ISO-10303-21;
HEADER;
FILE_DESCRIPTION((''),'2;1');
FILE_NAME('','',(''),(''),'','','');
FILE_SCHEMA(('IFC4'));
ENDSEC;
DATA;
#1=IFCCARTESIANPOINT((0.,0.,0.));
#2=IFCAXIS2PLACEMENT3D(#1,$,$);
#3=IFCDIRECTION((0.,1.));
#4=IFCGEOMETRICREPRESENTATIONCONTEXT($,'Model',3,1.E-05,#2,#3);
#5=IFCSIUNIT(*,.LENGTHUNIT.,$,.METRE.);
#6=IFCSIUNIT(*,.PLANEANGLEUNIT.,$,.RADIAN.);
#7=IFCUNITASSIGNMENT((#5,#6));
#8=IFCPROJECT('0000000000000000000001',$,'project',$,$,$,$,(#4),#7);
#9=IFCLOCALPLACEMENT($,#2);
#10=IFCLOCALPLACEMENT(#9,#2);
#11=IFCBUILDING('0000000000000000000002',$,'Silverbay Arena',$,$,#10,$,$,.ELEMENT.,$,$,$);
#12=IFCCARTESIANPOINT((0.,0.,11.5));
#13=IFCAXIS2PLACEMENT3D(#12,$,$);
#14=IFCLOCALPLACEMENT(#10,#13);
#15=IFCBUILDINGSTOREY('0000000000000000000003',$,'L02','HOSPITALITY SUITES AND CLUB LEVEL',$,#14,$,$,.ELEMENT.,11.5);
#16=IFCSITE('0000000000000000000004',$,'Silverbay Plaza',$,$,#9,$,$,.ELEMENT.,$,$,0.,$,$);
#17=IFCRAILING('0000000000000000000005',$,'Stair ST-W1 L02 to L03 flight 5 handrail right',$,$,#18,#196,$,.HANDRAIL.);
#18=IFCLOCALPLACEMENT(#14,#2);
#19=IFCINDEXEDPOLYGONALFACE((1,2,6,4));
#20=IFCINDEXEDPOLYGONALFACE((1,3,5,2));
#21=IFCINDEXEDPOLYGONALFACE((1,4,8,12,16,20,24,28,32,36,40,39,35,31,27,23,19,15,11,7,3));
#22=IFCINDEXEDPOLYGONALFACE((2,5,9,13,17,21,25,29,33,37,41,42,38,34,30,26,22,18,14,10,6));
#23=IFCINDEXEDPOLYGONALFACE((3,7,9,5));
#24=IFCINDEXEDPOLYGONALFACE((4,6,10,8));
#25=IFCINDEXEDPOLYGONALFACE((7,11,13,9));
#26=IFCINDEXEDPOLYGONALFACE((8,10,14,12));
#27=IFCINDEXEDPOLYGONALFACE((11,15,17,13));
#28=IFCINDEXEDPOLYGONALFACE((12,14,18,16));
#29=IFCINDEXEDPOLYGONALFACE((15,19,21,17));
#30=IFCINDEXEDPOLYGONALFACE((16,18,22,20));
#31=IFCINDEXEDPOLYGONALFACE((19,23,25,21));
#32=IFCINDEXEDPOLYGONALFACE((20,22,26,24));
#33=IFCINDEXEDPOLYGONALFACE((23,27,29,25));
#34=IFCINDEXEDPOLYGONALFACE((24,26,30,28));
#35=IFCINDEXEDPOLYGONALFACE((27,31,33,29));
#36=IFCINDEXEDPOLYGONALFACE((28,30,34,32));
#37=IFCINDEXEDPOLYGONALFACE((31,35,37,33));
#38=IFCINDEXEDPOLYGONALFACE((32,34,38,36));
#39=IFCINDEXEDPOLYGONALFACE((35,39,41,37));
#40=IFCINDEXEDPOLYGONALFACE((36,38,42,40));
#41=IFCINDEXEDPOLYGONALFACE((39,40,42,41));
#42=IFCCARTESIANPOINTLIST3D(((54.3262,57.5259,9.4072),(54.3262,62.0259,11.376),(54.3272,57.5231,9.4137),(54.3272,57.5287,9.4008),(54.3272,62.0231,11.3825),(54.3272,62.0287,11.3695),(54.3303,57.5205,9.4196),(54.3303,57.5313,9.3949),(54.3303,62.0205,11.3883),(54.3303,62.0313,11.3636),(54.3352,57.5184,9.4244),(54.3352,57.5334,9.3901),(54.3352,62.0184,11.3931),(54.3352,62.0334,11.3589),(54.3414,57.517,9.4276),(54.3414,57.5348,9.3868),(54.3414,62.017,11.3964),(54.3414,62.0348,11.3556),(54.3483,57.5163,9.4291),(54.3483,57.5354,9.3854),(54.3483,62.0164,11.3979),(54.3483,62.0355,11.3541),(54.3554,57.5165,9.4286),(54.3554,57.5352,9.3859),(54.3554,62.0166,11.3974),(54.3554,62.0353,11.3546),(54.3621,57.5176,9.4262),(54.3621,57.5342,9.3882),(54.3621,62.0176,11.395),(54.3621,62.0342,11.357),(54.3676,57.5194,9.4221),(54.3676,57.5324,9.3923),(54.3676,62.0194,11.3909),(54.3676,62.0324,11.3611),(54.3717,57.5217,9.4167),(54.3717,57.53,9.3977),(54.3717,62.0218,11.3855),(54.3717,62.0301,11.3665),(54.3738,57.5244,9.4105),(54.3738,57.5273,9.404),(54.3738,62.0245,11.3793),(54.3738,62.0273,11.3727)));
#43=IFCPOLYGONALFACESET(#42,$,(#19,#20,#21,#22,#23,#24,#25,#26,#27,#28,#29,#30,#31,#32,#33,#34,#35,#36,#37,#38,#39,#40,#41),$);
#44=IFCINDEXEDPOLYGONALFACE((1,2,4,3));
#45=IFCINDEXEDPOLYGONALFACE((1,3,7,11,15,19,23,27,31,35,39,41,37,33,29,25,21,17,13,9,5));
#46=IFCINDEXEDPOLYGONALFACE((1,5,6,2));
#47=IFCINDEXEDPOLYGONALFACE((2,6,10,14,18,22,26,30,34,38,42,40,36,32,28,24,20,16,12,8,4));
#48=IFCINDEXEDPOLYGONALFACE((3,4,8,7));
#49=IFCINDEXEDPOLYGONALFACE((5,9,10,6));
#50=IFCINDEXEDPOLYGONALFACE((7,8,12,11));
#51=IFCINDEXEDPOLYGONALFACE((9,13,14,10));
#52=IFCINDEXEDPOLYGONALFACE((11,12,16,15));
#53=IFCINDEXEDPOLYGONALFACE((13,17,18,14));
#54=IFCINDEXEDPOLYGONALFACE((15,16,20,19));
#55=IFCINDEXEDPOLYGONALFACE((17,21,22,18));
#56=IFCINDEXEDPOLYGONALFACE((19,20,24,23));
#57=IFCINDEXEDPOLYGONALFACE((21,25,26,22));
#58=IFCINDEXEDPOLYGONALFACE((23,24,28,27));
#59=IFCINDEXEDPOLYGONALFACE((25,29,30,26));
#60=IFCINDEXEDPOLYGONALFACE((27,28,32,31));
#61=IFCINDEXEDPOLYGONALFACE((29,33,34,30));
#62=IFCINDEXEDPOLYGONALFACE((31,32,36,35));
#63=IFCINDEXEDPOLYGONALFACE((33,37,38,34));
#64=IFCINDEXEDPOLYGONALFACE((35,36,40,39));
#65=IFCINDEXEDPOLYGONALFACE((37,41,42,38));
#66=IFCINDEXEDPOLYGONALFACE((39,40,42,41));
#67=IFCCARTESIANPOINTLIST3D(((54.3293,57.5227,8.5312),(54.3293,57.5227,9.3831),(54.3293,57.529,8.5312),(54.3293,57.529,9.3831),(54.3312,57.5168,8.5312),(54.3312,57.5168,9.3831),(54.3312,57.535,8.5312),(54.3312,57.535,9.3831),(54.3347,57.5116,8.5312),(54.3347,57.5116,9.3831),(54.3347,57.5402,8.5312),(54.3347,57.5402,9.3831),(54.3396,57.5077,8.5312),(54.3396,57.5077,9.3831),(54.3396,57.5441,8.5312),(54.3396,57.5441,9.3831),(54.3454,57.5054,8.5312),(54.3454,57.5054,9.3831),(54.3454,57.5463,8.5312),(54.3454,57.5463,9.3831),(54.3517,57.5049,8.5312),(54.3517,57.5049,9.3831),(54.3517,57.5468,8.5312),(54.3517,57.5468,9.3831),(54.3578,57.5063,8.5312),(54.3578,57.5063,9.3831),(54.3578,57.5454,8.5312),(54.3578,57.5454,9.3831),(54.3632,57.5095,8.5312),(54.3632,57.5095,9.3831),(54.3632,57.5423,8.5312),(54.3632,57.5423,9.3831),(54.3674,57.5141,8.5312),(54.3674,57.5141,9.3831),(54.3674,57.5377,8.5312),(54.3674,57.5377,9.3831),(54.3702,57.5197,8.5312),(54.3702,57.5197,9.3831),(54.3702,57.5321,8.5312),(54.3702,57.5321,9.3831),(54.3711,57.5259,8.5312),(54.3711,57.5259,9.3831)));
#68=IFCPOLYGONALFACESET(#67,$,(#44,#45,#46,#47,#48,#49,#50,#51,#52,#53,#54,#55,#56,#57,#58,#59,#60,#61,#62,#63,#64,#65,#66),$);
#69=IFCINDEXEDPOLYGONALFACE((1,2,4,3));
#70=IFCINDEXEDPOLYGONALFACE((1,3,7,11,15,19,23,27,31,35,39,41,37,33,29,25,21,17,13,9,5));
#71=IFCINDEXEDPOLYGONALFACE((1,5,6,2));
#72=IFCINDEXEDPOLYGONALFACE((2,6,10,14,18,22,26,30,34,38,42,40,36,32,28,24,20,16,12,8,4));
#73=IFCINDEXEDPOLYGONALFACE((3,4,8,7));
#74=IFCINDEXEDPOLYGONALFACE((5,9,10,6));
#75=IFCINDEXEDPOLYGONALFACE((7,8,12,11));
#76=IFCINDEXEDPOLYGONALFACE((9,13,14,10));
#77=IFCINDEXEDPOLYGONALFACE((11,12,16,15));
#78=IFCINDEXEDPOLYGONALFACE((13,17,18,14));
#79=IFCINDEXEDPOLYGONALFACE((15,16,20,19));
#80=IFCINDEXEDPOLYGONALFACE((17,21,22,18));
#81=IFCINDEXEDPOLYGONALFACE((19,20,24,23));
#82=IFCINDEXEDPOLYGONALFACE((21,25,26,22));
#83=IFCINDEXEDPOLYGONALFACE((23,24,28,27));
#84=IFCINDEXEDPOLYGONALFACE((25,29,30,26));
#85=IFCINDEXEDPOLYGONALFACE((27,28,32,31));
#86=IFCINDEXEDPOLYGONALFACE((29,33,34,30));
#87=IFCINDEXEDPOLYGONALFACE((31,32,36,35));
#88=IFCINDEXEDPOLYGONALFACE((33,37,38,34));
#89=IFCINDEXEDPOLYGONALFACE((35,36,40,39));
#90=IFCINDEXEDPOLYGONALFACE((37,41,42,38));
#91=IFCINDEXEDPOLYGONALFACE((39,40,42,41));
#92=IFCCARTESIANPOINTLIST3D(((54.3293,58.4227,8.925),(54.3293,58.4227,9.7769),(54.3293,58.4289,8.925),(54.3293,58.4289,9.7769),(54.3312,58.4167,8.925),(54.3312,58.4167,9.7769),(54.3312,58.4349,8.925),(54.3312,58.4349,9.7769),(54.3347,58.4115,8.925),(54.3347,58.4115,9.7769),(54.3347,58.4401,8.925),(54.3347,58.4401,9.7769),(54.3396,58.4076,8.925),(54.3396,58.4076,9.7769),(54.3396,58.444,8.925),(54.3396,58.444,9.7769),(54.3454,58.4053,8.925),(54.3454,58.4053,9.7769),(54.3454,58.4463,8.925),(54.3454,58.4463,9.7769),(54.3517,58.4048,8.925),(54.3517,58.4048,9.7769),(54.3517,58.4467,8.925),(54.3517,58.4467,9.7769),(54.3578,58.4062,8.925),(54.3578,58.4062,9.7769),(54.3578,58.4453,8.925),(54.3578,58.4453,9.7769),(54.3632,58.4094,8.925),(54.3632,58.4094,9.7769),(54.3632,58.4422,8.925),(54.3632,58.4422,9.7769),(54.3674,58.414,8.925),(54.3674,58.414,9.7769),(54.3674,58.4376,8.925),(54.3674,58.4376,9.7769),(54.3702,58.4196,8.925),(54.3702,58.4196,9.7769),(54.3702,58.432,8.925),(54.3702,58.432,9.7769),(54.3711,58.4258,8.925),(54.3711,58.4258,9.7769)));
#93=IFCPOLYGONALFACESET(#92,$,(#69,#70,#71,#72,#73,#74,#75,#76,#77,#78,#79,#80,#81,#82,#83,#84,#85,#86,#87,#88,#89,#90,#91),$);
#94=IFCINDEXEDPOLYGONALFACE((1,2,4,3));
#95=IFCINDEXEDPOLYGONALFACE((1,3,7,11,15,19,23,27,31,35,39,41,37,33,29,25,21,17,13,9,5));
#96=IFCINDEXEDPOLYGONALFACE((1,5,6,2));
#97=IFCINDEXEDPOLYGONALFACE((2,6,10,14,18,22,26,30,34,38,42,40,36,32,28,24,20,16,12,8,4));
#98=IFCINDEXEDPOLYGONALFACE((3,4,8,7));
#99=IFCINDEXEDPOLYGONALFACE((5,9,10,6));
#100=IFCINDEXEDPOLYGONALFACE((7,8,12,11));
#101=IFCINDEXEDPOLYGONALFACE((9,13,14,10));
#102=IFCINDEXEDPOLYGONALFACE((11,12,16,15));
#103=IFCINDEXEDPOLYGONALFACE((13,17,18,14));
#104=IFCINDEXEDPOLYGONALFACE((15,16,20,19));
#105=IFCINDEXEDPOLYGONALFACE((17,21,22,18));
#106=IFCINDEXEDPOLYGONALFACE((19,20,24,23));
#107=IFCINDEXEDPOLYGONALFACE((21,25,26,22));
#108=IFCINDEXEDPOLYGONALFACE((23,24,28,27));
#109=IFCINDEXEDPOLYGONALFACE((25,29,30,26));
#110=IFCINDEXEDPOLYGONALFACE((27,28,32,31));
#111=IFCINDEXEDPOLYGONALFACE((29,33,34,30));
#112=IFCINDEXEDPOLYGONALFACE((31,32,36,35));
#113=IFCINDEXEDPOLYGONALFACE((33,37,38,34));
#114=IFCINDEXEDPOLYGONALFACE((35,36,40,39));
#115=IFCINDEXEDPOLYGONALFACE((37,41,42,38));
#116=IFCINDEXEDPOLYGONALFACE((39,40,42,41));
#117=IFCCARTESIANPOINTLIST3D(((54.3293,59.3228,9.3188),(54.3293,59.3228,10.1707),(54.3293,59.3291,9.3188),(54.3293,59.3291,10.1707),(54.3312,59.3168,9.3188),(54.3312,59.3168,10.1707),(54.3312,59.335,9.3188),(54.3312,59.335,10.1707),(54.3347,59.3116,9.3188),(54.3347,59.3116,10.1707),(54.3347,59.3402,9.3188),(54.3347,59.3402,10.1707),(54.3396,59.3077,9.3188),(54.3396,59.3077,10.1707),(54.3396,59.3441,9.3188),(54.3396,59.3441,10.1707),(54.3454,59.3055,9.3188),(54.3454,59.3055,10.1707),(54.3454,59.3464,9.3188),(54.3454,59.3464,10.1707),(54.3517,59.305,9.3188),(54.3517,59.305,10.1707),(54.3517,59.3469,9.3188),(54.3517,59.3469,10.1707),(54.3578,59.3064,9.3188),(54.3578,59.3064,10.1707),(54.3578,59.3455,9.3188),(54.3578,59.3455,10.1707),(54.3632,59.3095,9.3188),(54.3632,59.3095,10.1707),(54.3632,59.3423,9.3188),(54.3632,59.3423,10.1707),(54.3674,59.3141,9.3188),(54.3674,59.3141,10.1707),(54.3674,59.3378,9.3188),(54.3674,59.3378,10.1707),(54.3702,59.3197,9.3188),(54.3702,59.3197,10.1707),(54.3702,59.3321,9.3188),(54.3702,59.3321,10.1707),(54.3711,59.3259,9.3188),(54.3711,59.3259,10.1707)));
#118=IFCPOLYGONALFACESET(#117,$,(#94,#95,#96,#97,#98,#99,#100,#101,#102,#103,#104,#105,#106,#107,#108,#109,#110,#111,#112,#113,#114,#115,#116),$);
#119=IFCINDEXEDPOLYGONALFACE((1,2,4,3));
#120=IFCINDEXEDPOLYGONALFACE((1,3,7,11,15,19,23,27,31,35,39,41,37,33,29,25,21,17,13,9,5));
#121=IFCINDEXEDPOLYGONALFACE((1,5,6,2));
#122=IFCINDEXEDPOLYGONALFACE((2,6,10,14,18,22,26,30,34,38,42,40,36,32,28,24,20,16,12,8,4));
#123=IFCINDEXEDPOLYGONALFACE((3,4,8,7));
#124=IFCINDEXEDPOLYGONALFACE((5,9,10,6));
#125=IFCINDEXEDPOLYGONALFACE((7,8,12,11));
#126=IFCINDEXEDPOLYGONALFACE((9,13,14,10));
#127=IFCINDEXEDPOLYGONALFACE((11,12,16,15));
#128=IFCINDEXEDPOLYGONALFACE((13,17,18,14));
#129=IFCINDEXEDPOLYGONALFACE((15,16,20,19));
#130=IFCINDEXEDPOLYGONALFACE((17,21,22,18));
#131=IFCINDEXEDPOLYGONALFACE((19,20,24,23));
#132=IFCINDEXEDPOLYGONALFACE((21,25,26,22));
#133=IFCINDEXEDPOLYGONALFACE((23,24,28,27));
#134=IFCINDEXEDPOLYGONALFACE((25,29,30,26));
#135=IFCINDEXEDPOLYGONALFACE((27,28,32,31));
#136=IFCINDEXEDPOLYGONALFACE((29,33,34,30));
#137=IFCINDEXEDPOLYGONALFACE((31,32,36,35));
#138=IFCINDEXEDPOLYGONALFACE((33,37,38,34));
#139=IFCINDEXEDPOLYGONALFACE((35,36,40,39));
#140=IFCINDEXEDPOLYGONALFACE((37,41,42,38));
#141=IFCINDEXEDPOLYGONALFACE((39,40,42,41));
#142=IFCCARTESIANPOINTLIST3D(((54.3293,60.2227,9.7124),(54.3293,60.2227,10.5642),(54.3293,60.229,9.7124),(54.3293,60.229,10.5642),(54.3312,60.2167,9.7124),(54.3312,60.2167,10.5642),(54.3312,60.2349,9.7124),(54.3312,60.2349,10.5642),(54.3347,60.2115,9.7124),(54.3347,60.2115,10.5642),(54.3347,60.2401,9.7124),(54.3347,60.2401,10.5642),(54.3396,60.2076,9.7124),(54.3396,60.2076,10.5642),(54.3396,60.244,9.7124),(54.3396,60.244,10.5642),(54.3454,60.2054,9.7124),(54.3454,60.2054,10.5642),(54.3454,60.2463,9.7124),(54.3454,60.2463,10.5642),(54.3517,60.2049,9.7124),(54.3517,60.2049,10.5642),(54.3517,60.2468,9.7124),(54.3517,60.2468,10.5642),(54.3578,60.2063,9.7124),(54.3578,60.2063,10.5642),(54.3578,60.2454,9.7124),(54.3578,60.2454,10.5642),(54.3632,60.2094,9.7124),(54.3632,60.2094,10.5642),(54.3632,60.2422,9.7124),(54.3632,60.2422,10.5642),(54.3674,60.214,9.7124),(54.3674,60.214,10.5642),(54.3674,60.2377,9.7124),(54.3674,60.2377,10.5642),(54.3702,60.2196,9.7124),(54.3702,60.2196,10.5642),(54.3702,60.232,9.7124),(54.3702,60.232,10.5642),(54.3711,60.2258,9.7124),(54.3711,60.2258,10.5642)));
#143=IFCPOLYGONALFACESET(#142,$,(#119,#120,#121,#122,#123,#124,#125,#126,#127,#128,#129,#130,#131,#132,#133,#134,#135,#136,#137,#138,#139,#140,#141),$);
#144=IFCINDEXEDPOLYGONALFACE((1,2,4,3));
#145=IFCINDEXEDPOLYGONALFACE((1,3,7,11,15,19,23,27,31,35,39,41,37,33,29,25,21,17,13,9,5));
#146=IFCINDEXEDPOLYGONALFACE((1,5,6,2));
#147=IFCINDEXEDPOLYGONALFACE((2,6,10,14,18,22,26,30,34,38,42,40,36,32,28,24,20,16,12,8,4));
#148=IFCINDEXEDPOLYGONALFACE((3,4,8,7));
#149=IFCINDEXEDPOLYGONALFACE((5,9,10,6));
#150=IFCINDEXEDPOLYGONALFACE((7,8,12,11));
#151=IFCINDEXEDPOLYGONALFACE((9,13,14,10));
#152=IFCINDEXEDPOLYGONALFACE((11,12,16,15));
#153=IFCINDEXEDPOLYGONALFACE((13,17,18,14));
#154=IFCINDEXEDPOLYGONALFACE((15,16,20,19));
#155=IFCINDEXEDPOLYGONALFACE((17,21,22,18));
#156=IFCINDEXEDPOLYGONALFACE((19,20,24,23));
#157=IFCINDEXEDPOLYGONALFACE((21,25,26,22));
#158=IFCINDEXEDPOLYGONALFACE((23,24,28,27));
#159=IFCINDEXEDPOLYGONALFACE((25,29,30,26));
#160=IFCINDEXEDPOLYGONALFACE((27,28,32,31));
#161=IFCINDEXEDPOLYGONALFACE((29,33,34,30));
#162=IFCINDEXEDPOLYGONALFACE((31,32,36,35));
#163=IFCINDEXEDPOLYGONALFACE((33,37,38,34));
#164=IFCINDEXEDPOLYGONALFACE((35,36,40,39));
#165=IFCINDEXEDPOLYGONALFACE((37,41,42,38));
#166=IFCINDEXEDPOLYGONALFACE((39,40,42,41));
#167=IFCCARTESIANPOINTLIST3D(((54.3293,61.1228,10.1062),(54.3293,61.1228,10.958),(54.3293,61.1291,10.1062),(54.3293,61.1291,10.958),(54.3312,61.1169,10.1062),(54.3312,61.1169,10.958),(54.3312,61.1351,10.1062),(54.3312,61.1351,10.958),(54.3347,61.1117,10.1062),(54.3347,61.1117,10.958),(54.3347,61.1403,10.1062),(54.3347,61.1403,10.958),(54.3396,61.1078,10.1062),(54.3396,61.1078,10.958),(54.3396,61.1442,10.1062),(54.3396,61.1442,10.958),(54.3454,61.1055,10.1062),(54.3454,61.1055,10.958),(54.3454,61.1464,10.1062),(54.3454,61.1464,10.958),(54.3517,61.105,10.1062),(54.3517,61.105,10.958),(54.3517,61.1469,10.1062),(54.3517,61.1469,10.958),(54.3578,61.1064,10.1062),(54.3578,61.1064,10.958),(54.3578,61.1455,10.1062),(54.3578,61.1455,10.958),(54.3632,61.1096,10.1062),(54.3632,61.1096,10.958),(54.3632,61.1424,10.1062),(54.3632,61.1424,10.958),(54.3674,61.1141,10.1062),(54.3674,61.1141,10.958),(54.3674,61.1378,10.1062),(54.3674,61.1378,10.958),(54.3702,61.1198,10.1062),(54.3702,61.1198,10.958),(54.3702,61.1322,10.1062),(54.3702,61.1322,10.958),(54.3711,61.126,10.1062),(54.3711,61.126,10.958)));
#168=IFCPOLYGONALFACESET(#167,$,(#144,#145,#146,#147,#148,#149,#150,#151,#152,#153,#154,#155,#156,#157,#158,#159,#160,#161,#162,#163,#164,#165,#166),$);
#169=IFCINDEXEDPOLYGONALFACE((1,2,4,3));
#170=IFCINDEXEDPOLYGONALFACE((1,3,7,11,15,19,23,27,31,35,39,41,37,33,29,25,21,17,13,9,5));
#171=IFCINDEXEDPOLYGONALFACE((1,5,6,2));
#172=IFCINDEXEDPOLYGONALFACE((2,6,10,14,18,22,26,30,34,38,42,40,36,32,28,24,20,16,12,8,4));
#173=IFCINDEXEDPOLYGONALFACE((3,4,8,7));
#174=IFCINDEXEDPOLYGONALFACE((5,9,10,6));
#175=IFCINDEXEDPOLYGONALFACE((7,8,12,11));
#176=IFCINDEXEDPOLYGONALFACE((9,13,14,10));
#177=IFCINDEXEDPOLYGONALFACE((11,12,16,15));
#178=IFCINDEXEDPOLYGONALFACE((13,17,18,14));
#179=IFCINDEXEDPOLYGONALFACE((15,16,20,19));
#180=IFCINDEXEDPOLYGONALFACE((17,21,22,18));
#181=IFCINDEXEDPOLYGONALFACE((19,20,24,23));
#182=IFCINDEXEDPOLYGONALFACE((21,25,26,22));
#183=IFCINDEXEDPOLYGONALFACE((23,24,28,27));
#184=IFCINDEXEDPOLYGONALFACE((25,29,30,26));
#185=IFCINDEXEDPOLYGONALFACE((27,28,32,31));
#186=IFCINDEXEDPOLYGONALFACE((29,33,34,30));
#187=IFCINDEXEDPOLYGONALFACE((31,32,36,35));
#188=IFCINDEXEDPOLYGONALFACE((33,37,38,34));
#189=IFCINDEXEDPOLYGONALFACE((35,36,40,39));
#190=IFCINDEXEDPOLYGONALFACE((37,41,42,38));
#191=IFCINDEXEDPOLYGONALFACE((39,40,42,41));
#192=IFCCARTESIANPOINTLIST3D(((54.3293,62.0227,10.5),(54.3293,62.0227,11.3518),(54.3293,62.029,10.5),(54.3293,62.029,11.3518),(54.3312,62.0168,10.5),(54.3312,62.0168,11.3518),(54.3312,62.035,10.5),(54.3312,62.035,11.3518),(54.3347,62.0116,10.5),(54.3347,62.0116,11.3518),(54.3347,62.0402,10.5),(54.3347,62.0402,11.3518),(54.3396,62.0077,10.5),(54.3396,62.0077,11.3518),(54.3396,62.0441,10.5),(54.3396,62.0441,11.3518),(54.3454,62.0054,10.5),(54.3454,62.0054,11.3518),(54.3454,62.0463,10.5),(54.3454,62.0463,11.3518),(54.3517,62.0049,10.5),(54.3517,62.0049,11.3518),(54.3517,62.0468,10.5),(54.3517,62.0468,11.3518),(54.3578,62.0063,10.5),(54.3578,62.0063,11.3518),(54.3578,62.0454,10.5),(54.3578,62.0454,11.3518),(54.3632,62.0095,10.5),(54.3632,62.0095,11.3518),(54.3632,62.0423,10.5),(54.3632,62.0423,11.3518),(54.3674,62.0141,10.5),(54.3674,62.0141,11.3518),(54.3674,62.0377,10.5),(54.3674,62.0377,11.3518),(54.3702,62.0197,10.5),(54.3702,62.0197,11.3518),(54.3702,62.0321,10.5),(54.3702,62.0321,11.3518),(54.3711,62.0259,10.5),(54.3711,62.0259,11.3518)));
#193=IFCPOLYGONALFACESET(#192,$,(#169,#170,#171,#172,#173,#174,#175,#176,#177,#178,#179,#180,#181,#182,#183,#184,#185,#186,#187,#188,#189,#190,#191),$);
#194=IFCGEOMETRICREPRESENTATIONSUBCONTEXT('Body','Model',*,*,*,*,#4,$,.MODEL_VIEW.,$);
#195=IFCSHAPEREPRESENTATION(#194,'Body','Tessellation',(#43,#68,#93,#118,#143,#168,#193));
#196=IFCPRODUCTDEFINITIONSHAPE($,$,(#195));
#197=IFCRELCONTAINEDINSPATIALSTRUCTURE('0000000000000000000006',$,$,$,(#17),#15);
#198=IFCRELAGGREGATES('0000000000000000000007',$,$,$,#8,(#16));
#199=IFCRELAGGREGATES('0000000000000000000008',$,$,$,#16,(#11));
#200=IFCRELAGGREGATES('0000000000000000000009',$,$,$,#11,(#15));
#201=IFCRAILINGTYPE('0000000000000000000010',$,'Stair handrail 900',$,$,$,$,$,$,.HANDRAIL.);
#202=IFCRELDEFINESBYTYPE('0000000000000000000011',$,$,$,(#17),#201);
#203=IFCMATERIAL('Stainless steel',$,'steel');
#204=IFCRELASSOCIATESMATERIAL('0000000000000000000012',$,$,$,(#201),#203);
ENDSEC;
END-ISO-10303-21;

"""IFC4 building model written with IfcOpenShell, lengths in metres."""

from ifc_helpers import new_model, si_unit, direction, frame, origin, origin_2d, place, context, subcontext, project, spatial, circle, extrude, material, type_object, element, save


model = new_model("IFC4")

# Units and contexts
model_context = context("Model", 3, precision=1e-05, world=origin(), true_north=direction((0.0, 1.0)))
body_context = subcontext(model_context, "Body", "Model", "MODEL_VIEW")
ifc_project = project(units=[si_unit("LENGTHUNIT", "METRE"), si_unit("PLANEANGLEUNIT", "RADIAN")], contexts=[model_context])

# Site, building, storey
site_placement = place(None, origin())
site = spatial("IfcSite", under=ifc_project, at=site_placement, Name="Silverbay Plaza", CompositionType="ELEMENT", RefElevation=0.0)
building_placement = place(site_placement, origin())
building = spatial("IfcBuilding", under=site, at=building_placement, Name="Silverbay Arena", CompositionType="ELEMENT")
storey_placement = place(building_placement, frame((0.0, 0.0, 11.5)))
storey = spatial("IfcBuildingStorey", under=building, at=storey_placement, Name="L02", Description="HOSPITALITY SUITES AND CLUB LEVEL", CompositionType="ELEMENT", Elevation=11.5)

# Railing
ifc_material_1 = material(Name="Stainless steel", Category="steel")
railing_type_1 = type_object("IfcRailingType", Name="Stair handrail 900", PredefinedType="HANDRAIL", material=ifc_material_1)
for number, where, name in (
    (1, (54.3501, 57.5259, 8.5312), "Stair ST-W1 L02 to L03 flight 5 handrail right"),
):
    element("IfcRailing", number, at=place(storey_placement, frame(where)), inside=storey, type_object=railing_type_1, Name=name, PredefinedType="HANDRAIL", context=body_context, shape_type="SweptSolid", body=[
        extrude(circle(Radius=0.0239, at=origin_2d()), frame((0.0, 0.0, 0.876), z_axis=(0.0, 0.916157, 0.400819), x_axis=(-1.0, 0.0, 0.0)), (0.0, 0.0, 1.0), 4.9119),
        extrude(circle(Radius=0.021, at=origin_2d()), origin(), (0.0, 0.0, 1.0), 0.8518),
        extrude(circle(Radius=0.021, at=origin_2d()), frame((0.0, 0.8999, 0.3938)), (0.0, 0.0, 1.0), 0.8518),
        extrude(circle(Radius=0.021, at=origin_2d()), frame((0.0, 1.8, 0.7876)), (0.0, 0.0, 1.0), 0.8518),
        extrude(circle(Radius=0.021, at=origin_2d()), frame((0.0, 2.7, 1.1812)), (0.0, 0.0, 1.0), 0.8518),
        extrude(circle(Radius=0.021, at=origin_2d()), frame((0.0, 3.6001, 1.575)), (0.0, 0.0, 1.0), 0.8518),
        extrude(circle(Radius=0.021, at=origin_2d()), frame((0.0, 4.5, 1.9688)), (0.0, 0.0, 1.0), 0.8518),
    ])

save(model, "model.ifc")
